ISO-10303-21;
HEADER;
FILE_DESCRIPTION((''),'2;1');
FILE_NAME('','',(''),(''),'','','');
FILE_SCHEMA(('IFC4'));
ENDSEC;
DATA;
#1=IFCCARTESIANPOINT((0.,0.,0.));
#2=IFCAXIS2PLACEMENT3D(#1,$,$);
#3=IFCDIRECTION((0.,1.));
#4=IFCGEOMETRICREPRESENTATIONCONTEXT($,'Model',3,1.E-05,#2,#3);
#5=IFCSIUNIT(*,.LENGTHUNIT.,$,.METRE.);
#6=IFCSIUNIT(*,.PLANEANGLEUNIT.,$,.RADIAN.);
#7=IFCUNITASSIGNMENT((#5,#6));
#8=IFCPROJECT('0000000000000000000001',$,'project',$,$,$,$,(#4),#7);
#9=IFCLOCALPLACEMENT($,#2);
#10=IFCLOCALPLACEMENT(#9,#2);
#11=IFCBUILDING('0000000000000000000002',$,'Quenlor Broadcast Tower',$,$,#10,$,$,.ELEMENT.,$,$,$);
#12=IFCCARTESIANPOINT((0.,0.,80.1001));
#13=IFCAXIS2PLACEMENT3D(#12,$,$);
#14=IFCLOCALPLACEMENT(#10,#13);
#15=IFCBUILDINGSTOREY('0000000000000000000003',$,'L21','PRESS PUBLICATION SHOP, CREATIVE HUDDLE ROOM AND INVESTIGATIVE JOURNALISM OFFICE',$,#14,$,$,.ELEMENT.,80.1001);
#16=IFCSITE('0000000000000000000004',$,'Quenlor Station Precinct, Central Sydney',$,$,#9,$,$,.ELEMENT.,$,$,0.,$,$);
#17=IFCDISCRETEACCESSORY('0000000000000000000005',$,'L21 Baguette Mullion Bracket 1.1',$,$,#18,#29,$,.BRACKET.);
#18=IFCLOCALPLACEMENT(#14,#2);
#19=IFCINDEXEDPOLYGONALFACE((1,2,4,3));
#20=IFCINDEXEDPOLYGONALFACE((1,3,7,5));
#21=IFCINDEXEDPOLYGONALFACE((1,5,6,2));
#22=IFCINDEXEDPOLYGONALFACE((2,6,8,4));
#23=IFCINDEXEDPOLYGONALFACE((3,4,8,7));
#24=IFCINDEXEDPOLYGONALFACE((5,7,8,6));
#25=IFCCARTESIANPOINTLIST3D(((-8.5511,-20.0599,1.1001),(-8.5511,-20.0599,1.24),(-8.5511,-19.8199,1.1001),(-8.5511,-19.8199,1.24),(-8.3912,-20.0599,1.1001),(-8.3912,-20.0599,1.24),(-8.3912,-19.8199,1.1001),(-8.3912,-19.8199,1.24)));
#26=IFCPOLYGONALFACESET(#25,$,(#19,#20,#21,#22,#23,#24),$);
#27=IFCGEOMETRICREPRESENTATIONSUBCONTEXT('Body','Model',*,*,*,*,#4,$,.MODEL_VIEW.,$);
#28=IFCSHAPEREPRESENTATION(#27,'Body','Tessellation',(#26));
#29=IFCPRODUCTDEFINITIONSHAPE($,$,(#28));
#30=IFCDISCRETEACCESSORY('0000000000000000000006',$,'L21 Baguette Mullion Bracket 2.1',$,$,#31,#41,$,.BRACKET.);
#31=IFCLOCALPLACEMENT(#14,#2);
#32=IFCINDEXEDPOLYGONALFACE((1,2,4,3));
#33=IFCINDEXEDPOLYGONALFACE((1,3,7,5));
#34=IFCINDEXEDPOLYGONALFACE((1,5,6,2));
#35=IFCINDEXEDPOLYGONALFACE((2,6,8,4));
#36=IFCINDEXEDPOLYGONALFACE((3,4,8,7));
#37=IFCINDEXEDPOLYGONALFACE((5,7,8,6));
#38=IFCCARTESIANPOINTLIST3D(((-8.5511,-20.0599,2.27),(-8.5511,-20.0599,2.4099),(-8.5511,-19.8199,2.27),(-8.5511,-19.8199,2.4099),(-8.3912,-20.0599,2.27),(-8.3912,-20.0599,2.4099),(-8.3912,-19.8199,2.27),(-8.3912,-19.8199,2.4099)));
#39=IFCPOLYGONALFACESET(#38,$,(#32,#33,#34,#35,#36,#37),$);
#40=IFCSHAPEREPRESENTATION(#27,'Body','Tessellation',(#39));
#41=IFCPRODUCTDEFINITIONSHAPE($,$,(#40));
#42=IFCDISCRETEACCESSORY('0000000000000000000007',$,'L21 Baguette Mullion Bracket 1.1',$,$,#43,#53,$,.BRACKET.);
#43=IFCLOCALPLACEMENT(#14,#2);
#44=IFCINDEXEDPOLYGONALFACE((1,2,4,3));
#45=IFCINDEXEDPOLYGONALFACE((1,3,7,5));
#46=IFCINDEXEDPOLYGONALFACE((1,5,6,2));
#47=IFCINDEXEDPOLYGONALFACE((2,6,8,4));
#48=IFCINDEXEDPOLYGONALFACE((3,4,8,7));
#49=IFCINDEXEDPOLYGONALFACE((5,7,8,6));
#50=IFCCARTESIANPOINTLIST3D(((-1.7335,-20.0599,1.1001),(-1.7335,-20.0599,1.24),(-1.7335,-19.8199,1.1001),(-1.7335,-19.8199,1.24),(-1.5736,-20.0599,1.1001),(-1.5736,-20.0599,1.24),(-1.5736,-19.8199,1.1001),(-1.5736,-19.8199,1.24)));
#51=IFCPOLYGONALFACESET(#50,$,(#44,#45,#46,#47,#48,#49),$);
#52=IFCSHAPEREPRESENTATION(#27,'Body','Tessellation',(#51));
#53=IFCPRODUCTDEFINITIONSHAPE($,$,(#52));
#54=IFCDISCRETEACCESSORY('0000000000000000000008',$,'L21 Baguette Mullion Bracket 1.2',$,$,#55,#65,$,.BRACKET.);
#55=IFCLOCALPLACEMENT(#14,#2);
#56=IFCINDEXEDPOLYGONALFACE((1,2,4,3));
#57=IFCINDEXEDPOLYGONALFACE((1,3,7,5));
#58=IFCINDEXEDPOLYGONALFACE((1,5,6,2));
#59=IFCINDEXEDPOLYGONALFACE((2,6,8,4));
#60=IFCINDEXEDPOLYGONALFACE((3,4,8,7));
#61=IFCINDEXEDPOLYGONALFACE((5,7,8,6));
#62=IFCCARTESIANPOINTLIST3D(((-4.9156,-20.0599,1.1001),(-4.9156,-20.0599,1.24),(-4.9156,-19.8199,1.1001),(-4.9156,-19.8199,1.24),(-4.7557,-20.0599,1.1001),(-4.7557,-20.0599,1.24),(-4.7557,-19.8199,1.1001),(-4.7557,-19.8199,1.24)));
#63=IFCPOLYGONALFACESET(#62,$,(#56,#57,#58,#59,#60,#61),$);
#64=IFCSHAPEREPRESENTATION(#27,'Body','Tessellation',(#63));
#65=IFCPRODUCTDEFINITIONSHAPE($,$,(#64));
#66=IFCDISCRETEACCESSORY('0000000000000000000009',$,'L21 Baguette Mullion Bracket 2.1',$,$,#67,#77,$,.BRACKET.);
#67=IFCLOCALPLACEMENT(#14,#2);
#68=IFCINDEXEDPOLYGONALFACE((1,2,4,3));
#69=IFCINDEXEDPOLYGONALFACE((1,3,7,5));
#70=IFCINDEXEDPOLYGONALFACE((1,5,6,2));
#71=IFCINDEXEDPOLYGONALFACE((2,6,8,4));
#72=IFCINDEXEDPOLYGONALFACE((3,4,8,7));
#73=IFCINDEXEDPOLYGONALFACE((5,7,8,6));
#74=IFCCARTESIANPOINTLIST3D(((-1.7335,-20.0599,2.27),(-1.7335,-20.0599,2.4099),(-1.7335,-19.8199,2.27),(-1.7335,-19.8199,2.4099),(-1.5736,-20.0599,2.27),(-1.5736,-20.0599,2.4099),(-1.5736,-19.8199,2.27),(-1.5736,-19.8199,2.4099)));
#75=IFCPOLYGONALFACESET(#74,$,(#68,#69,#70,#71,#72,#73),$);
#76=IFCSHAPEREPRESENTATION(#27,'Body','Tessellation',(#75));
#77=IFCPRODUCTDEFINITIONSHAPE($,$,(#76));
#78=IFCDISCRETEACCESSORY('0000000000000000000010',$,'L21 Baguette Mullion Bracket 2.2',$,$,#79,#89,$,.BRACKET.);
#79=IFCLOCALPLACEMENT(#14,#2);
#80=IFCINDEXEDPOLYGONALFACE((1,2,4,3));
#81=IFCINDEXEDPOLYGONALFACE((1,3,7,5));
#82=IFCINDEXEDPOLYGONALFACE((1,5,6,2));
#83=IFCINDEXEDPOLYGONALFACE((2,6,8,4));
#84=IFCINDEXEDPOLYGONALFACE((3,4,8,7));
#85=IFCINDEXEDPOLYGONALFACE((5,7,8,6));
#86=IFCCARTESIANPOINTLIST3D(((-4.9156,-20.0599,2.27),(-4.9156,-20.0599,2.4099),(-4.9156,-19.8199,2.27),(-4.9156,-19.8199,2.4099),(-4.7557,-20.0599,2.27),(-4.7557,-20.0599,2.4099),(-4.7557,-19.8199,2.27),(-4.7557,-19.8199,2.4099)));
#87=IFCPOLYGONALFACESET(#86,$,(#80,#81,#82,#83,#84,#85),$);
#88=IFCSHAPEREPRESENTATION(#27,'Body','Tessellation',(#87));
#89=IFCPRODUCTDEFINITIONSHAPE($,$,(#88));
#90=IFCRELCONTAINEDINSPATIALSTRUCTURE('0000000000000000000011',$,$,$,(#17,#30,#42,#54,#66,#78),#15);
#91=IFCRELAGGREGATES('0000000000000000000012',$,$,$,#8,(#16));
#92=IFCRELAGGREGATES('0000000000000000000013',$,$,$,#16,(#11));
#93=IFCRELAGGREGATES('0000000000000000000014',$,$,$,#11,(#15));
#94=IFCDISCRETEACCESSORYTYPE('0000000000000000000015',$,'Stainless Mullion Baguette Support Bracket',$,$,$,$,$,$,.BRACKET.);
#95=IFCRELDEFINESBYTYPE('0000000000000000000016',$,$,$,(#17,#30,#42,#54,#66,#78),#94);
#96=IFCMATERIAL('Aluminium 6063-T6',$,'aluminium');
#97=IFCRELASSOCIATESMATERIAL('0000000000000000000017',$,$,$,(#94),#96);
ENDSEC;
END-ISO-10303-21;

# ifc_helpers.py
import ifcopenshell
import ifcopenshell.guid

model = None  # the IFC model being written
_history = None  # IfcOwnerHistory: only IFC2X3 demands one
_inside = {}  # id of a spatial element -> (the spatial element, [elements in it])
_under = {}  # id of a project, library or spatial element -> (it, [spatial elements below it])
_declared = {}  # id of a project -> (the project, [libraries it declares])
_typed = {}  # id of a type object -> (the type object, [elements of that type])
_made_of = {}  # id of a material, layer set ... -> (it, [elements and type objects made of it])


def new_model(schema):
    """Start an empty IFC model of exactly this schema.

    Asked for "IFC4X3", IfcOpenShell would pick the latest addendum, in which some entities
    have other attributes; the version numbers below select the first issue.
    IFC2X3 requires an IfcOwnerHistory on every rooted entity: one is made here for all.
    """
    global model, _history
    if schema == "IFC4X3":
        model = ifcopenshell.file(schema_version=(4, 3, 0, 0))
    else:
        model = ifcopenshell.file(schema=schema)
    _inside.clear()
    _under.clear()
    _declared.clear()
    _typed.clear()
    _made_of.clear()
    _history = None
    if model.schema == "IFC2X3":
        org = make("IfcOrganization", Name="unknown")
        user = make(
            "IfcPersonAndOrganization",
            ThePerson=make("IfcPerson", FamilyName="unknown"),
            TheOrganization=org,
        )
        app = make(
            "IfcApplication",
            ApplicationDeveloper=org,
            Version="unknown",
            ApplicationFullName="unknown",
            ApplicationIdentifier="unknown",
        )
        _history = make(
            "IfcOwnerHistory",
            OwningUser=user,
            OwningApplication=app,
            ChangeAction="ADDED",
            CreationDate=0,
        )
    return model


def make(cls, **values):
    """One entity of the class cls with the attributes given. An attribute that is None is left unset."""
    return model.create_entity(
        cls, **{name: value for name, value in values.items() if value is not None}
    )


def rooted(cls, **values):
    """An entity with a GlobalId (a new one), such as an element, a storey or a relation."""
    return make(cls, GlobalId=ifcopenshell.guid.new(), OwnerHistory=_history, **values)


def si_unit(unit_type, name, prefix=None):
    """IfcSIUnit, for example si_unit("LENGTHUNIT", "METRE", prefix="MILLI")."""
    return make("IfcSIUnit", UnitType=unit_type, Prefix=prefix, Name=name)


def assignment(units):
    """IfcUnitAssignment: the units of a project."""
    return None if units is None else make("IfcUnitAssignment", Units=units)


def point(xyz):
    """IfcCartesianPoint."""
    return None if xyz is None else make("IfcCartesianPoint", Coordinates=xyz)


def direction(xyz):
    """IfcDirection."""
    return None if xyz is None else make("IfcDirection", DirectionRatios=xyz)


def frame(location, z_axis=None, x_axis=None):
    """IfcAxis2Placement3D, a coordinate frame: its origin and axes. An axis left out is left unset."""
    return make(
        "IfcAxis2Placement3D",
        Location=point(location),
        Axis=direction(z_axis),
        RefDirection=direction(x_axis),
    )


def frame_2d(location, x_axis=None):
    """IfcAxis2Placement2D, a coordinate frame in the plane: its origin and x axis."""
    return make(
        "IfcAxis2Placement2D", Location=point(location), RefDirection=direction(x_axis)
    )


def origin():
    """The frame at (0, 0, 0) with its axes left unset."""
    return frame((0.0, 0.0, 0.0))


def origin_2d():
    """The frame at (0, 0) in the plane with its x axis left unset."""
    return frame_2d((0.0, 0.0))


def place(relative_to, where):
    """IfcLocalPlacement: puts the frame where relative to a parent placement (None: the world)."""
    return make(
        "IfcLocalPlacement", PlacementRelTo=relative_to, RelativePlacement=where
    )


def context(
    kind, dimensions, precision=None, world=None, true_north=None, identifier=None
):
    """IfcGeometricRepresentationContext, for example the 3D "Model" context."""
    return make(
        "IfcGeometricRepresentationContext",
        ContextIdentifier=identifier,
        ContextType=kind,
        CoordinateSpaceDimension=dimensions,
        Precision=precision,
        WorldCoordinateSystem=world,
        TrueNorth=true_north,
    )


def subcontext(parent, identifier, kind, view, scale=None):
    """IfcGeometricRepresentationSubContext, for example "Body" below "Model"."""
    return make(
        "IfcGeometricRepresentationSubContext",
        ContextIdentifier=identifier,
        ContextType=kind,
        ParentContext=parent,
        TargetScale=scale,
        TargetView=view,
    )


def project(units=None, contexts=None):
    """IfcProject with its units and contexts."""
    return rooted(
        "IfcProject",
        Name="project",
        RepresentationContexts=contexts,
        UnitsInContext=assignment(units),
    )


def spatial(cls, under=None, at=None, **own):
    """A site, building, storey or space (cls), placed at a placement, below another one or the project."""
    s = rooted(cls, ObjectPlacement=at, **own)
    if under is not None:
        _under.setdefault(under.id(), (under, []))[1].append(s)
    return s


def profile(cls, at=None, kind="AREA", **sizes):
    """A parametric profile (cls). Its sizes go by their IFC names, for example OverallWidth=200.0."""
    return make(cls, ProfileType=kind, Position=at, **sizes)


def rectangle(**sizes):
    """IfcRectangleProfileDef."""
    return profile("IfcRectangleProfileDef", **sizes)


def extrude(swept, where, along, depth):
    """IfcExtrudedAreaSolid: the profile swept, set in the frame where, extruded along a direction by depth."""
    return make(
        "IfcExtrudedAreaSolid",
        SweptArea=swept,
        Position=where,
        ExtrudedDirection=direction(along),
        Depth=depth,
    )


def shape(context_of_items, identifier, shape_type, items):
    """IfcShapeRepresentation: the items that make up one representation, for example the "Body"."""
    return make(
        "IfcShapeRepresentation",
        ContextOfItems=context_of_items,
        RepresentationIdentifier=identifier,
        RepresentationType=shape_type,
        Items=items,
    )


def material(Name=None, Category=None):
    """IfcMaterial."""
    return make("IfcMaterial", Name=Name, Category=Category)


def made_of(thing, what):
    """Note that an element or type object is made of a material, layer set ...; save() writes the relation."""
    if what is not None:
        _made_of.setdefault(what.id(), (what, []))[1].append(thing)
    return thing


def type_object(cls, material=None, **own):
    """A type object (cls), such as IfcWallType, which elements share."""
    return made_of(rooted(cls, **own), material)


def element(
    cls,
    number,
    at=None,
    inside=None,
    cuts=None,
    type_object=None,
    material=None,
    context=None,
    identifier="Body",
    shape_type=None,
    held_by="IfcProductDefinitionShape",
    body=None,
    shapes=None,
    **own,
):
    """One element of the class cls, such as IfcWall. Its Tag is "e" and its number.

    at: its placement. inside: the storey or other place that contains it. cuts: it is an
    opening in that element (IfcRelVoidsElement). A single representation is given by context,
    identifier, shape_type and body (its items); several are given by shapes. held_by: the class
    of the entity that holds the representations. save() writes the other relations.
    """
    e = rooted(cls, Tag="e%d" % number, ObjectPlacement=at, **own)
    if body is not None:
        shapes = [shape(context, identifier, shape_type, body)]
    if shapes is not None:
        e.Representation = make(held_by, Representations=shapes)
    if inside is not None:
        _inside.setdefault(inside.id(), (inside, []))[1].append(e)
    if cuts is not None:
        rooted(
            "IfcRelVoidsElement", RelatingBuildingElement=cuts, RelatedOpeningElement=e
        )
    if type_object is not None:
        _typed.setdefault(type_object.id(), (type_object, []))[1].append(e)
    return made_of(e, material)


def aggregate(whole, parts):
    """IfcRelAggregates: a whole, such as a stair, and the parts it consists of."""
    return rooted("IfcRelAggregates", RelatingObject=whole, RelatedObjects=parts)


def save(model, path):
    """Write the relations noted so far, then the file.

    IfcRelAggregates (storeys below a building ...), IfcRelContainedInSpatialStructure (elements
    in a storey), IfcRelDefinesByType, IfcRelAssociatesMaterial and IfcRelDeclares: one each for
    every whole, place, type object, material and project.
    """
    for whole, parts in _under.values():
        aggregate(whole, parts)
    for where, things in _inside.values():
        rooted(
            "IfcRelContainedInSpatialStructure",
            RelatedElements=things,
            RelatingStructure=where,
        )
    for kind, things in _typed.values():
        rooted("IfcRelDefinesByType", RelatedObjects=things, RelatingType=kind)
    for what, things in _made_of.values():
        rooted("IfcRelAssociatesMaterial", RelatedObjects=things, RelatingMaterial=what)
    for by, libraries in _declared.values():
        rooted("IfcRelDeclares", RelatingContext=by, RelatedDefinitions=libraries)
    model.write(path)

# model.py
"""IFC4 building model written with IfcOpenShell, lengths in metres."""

from ifc_helpers import new_model, si_unit, direction, frame, origin, origin_2d, place, context, subcontext, project, spatial, rectangle, extrude, material, type_object, element, save


model = new_model("IFC4")

# Units and contexts
model_context = context("Model", 3, precision=1e-05, world=origin(), true_north=direction((0.0, 1.0)))
body_context = subcontext(model_context, "Body", "Model", "MODEL_VIEW")
ifc_project = project(units=[si_unit("LENGTHUNIT", "METRE"), si_unit("PLANEANGLEUNIT", "RADIAN")], contexts=[model_context])

# Site, building, storey
site_placement = place(None, origin())
site = spatial("IfcSite", under=ifc_project, at=site_placement, Name="Quenlor Station Precinct, Central Sydney", CompositionType="ELEMENT", RefElevation=0.0)
building_placement = place(site_placement, origin())
building = spatial("IfcBuilding", under=site, at=building_placement, Name="Quenlor Broadcast Tower", CompositionType="ELEMENT")
storey_placement = place(building_placement, frame((0.0, 0.0, 80.1001)))
storey = spatial("IfcBuildingStorey", under=building, at=storey_placement, Name="L21", Description="PRESS PUBLICATION SHOP, CREATIVE HUDDLE ROOM AND INVESTIGATIVE JOURNALISM OFFICE", CompositionType="ELEMENT", Elevation=80.1001)

# Discrete accessories
ifc_material_1 = material(Name="Aluminium 6063-T6", Category="aluminium")
discrete_accessory_type = type_object("IfcDiscreteAccessoryType", Name="Stainless Mullion Baguette Support Bracket", PredefinedType="BRACKET", material=ifc_material_1)
for number, where, z_axis, x_axis, name in (
    (1, (-8.4712, -19.9399, 1.1001), (0.0, 0.0, 1.0), (-1.0, 0.0, 0.0), "L21 Baguette Mullion Bracket 1.1"),
    (2, (-8.4712, -19.9399, 2.27), (0.0, 0.0, 1.0), (-1.0, 0.0, 0.0), "L21 Baguette Mullion Bracket 2.1"),
    (3, (-1.6536, -19.9399, 1.1001), (0.0, 0.0, 1.0), (-1.0, 0.0, 0.0), "L21 Baguette Mullion Bracket 1.1"),
    (4, (-4.8357, -19.9399, 1.1001), (0.0, 0.0, 1.0), (-1.0, 0.0, 0.0), "L21 Baguette Mullion Bracket 1.2"),
    (5, (-1.6536, -19.9399, 2.27), (0.0, 0.0, 1.0), (-1.0, 0.0, 0.0), "L21 Baguette Mullion Bracket 2.1"),
    (6, (-4.8357, -19.9399, 2.27), (0.0, 0.0, 1.0), (-1.0, 0.0, 0.0), "L21 Baguette Mullion Bracket 2.2"),
):
    element("IfcDiscreteAccessory", number, at=place(storey_placement, frame(where, z_axis=z_axis, x_axis=x_axis)), inside=storey, type_object=discrete_accessory_type, Name=name, PredefinedType="BRACKET", context=body_context, shape_type="SweptSolid", body=[
        extrude(rectangle(XDim=0.1599, YDim=0.24, at=origin_2d()), origin(), (0.0, 0.0, 1.0), 0.1399),
    ])

save(model, "model.ifc")
